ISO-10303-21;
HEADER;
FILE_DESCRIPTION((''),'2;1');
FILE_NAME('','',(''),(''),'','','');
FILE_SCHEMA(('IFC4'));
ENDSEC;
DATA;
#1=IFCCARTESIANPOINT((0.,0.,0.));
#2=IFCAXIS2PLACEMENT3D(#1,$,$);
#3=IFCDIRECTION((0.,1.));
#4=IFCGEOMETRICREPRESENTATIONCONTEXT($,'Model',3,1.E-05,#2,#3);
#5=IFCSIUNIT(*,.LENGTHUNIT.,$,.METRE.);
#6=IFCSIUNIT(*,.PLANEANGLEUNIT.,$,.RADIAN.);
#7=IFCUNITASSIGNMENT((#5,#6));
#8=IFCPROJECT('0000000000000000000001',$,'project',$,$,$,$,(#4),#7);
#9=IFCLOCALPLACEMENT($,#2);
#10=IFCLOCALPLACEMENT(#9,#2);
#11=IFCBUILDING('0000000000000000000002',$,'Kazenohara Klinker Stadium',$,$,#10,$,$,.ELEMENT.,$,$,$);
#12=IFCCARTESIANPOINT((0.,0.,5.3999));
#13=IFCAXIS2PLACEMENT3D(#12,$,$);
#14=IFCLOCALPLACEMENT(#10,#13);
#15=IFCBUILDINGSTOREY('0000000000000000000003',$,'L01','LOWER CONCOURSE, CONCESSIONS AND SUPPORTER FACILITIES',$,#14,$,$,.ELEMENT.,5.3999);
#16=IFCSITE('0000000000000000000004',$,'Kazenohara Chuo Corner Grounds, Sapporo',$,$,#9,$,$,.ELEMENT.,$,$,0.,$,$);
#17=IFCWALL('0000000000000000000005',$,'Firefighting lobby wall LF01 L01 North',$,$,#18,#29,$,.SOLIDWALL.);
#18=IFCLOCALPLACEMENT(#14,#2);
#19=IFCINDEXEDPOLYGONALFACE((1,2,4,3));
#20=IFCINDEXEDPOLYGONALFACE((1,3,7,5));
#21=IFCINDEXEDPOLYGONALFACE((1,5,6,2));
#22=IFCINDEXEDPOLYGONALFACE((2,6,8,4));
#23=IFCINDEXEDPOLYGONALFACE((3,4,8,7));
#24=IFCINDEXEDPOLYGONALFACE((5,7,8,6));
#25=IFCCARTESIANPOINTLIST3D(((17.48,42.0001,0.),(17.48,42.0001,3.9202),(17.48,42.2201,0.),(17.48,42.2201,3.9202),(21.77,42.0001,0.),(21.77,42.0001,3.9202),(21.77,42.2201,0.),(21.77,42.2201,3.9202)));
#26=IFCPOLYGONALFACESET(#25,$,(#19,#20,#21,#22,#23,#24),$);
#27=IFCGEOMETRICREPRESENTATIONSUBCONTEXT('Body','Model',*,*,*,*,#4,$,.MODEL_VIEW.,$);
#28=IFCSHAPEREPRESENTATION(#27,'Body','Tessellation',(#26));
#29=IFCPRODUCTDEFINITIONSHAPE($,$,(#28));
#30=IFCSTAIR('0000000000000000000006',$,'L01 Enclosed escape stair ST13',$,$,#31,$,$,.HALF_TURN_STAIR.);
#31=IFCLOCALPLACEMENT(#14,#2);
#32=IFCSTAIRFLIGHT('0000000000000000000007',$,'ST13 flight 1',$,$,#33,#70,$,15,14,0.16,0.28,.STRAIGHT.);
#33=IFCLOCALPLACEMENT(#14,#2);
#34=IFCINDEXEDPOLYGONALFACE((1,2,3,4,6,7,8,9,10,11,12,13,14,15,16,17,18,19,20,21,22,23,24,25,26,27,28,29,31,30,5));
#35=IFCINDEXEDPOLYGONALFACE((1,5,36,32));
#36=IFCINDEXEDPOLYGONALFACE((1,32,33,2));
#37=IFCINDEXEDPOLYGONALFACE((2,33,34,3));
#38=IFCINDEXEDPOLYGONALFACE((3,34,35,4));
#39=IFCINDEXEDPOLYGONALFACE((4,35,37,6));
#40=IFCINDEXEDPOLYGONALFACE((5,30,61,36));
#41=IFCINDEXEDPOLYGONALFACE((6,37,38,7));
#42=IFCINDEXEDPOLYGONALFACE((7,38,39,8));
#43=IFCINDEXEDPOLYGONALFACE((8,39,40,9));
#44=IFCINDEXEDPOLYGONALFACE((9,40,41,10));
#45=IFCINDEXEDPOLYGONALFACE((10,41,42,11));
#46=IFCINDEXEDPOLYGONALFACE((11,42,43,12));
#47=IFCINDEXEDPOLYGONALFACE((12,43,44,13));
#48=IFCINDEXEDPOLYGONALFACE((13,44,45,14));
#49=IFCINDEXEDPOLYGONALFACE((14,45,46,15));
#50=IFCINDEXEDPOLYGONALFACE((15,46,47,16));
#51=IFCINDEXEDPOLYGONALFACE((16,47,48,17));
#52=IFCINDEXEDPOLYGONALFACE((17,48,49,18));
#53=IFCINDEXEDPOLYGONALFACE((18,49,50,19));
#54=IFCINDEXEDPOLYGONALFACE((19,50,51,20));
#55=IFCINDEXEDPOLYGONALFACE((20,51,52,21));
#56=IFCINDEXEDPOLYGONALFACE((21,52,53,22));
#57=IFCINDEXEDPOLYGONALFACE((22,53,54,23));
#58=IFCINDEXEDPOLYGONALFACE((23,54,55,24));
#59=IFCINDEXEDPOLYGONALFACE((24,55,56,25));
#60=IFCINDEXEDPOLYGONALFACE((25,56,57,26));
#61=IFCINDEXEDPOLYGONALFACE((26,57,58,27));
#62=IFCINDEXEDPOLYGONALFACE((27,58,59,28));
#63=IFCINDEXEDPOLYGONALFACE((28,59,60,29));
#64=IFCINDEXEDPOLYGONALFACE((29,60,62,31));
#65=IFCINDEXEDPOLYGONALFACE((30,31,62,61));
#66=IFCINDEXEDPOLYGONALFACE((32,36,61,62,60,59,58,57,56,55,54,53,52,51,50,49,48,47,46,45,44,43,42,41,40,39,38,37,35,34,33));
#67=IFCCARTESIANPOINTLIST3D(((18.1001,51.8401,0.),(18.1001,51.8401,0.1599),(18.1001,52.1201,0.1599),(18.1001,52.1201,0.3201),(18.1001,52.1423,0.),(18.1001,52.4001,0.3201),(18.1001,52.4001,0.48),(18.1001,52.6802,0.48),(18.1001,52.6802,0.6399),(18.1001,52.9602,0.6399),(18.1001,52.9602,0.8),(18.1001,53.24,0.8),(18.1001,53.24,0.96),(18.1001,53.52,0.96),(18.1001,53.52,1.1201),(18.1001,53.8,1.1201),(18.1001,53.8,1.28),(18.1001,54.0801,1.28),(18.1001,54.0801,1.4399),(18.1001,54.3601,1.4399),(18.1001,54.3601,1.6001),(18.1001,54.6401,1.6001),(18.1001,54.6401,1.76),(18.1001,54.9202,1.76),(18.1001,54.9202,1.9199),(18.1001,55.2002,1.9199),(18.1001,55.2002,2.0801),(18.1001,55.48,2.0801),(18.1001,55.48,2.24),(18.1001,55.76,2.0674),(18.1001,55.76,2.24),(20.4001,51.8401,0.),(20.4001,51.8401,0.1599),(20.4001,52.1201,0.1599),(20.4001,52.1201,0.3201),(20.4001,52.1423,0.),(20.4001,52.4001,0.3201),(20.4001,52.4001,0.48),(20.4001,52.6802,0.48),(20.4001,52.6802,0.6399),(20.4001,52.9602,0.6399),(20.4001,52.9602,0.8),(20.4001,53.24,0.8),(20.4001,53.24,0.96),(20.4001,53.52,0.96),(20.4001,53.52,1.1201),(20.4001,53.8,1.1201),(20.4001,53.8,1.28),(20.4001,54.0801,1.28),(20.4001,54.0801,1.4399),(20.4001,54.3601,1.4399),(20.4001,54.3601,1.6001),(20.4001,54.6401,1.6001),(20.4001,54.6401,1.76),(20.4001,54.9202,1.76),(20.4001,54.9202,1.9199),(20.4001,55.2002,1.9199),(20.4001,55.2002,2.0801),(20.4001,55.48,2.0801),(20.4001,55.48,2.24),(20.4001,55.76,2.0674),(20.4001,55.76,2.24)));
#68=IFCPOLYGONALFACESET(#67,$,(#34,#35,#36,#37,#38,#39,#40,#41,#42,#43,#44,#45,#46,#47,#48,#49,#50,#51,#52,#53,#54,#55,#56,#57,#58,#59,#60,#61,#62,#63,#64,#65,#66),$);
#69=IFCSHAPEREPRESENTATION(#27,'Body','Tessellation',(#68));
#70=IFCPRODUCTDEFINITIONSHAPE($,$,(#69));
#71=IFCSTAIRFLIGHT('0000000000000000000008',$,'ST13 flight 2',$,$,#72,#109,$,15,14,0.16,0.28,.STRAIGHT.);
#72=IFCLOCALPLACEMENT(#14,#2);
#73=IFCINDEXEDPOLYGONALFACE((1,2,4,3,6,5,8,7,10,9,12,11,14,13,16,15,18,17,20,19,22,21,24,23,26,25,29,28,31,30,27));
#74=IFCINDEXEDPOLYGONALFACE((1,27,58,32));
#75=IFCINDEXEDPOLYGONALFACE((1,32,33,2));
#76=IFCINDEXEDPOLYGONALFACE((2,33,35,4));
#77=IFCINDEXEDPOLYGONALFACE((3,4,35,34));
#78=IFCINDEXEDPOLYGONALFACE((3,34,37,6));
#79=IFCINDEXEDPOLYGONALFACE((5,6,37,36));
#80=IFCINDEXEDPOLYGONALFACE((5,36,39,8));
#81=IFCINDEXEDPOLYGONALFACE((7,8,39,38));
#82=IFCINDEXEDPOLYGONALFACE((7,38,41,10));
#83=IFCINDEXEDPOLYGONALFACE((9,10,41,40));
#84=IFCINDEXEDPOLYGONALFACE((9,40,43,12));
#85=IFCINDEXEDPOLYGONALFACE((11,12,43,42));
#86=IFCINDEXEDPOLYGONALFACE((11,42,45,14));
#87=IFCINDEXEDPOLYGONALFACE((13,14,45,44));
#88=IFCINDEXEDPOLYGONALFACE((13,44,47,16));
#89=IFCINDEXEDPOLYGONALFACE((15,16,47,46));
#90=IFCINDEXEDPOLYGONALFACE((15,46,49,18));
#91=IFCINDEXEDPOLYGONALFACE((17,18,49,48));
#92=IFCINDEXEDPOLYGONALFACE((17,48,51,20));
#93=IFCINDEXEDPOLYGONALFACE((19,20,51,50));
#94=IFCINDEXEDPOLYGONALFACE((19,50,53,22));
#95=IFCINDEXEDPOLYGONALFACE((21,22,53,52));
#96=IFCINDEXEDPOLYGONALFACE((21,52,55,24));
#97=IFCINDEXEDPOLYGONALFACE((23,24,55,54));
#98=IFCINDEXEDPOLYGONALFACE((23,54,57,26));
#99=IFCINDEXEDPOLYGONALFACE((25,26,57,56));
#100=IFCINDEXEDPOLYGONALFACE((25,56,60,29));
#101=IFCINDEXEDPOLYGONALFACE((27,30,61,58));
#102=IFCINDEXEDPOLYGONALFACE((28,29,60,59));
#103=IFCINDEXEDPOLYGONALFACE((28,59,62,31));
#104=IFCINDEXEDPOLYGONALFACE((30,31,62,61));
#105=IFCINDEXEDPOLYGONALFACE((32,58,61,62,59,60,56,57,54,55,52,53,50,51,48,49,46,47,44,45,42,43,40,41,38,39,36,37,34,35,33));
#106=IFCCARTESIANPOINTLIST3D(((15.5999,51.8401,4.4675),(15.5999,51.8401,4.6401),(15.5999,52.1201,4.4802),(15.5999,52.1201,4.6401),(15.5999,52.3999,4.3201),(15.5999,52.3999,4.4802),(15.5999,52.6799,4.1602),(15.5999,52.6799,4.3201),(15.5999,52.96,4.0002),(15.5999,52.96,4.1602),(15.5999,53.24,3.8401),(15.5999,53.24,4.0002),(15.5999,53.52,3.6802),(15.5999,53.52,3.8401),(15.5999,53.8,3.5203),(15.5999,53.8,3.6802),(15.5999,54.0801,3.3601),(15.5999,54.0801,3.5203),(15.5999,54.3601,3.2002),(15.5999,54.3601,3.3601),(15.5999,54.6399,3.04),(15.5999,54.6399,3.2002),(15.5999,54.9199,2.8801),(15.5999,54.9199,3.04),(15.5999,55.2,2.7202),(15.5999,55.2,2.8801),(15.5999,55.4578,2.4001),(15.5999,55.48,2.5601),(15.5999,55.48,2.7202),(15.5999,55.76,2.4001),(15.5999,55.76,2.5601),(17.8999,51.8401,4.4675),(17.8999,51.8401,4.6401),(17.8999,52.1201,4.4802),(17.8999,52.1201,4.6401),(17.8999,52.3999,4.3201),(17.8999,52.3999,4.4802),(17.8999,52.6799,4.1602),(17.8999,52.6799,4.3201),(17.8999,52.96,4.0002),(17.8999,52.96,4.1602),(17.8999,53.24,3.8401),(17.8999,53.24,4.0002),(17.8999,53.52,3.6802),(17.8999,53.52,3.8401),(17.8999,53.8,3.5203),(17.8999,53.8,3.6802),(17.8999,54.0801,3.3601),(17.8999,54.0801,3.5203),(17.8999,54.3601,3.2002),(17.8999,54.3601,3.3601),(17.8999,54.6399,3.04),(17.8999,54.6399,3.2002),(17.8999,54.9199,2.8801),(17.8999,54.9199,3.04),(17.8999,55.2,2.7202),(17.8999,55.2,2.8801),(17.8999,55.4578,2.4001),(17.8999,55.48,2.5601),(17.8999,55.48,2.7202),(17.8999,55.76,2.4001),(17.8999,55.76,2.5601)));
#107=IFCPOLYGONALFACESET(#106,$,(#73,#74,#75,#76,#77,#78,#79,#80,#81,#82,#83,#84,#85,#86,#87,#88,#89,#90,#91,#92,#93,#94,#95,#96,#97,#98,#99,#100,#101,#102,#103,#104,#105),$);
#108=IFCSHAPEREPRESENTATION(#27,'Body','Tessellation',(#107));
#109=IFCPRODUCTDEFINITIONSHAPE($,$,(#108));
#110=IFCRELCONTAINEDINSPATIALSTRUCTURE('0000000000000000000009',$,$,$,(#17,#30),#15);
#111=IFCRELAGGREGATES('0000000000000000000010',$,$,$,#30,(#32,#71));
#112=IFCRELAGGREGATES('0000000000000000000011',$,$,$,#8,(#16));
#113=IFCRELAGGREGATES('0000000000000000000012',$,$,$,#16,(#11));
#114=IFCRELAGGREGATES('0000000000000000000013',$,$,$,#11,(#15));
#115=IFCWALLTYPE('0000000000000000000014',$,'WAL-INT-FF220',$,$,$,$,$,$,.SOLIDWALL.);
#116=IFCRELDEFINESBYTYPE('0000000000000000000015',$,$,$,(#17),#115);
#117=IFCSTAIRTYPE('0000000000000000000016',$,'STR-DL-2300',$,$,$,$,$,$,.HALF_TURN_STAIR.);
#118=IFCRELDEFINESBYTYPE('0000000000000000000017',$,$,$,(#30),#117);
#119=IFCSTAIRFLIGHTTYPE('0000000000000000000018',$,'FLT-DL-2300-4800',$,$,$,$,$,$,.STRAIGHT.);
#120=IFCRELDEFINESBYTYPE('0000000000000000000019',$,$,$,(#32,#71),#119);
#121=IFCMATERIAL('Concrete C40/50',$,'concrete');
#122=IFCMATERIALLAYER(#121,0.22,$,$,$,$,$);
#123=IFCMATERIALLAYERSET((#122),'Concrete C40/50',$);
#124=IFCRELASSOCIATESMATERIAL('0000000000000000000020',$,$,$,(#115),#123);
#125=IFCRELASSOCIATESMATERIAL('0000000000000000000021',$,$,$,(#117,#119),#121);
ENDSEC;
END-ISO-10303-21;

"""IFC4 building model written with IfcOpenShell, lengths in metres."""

from ifc_helpers import new_model, si_unit, direction, frame, frame_2d, origin, place, context, subcontext, project, spatial, polyline, rectangle, outline, extrude, material, layer, layer_set, type_object, element, aggregate, save


model = new_model("IFC4")

# Units and contexts
model_context = context("Model", 3, precision=1e-05, world=origin(), true_north=direction((0.0, 1.0)))
body_context = subcontext(model_context, "Body", "Model", "MODEL_VIEW")
ifc_project = project(units=[si_unit("LENGTHUNIT", "METRE"), si_unit("PLANEANGLEUNIT", "RADIAN")], contexts=[model_context])

# Site, building, storey
site_placement = place(None, origin())
site = spatial("IfcSite", under=ifc_project, at=site_placement, Name="Kazenohara Chuo Corner Grounds, Sapporo", CompositionType="ELEMENT", RefElevation=0.0)
building_placement = place(site_placement, origin())
building = spatial("IfcBuilding", under=site, at=building_placement, Name="Kazenohara Klinker Stadium", CompositionType="ELEMENT")
storey_placement = place(building_placement, frame((0.0, 0.0, 5.3999)))
storey = spatial("IfcBuildingStorey", under=building, at=storey_placement, Name="L01", Description="LOWER CONCOURSE, CONCESSIONS AND SUPPORTER FACILITIES", CompositionType="ELEMENT", Elevation=5.3999)

# Shared definitions
ifc_material_1 = material(Name="Concrete C40/50", Category="concrete")

# Wall
ifc_layer_1 = layer(ifc_material_1, 0.22)
ifc_layer_set_1 = layer_set([ifc_layer_1], Name="Concrete C40/50")
wall_type_1 = type_object("IfcWallType", Name="WAL-INT-FF220", PredefinedType="SOLIDWALL", material=ifc_layer_set_1)
for number, where, z_axis, x_axis, name in (
    (1, (17.48, 42.1101, 0.0), (0.0, 0.0, 1.0), (1.0, 0.0, 0.0), "Firefighting lobby wall LF01 L01 North"),
):
    element("IfcWall", number, at=place(storey_placement, frame(where, z_axis=z_axis, x_axis=x_axis)), inside=storey, type_object=wall_type_1, Name=name, PredefinedType="SOLIDWALL", context=body_context, shape_type="SweptSolid", body=[
        extrude(rectangle(XDim=4.29, YDim=0.22, at=frame_2d((2.145, 0.0))), origin(), (0.0, 0.0, 1.0), 3.9202),
    ])

# Stair, stair flights
stair_type = type_object("IfcStairType", Name="STR-DL-2300", PredefinedType="HALF_TURN_STAIR", material=ifc_material_1)
stair_placement = place(storey_placement, origin())
stair = element("IfcStair", 2, at=stair_placement, inside=storey, type_object=stair_type, Name="L01 Enclosed escape stair ST13", PredefinedType="HALF_TURN_STAIR")
stair_flight_type = type_object("IfcStairFlightType", Name="FLT-DL-2300-4800", PredefinedType="STRAIGHT", material=ifc_material_1)
stair_flight_1_placement = place(storey_placement, frame((19.25, 51.8401, 0.0), z_axis=(0.0, 0.0, 1.0), x_axis=(0.0, 1.0, 0.0)))
stair_flight_1 = element("IfcStairFlight", 3, at=stair_flight_1_placement, type_object=stair_flight_type, Name="ST13 flight 1", NumberOfRisers=15, NumberOfTreads=14, PredefinedType="STRAIGHT", RiserHeight=0.16, TreadLength=0.28, context=body_context, shape_type="SweptSolid", body=[
    extrude(outline(polyline([(0.0, 0.0), (0.0, 0.1599), (0.28, 0.1599), (0.28, 0.3201), (0.5601, 0.3201), (0.5601, 0.48), (0.8401, 0.48), (0.8401, 0.6399), (1.1201, 0.6399), (1.1201, 0.8), (1.3999, 0.8), (1.3999, 0.96), (1.6799, 0.96), (1.6799, 1.1201), (1.96, 1.1201), (1.96, 1.28), (2.24, 1.28), (2.24, 1.4399), (2.52, 1.4399), (2.52, 1.6001), (2.8, 1.6001), (2.8, 1.76), (3.0801, 1.76), (3.0801, 1.9199), (3.3601, 1.9199), (3.3601, 2.0801), (3.6399, 2.0801), (3.6399, 2.24), (3.9199, 2.24), (3.9199, 2.3999), (3.9199, 2.0674), (0.3022, 0.0), (0.0, 0.0)])), frame((0.0, 1.1499, 0.0), z_axis=(0.0, -1.0, 0.0), x_axis=(1.0, 0.0, 0.0)), (0.0, 0.0, 1.0), 2.3),
])
stair_flight_2_placement = place(storey_placement, frame((16.75, 55.76, 2.4001), z_axis=(0.0, 0.0, 1.0), x_axis=(0.0, -1.0, 0.0)))
stair_flight_2 = element("IfcStairFlight", 4, at=stair_flight_2_placement, type_object=stair_flight_type, Name="ST13 flight 2", NumberOfRisers=15, NumberOfTreads=14, PredefinedType="STRAIGHT", RiserHeight=0.16, TreadLength=0.28, context=body_context, shape_type="SweptSolid", body=[
    extrude(outline(polyline([(0.0, 0.0), (0.0, 0.1599), (0.28, 0.1599), (0.28, 0.3201), (0.5601, 0.3201), (0.5601, 0.48), (0.8401, 0.48), (0.8401, 0.6399), (1.1201, 0.6399), (1.1201, 0.8), (1.3999, 0.8), (1.3999, 0.96), (1.6799, 0.96), (1.6799, 1.1201), (1.96, 1.1201), (1.96, 1.28), (2.24, 1.28), (2.24, 1.4399), (2.52, 1.4399), (2.52, 1.6001), (2.8, 1.6001), (2.8, 1.76), (3.0801, 1.76), (3.0801, 1.9199), (3.3601, 1.9199), (3.3601, 2.0801), (3.6399, 2.0801), (3.6399, 2.24), (3.9199, 2.24), (3.9199, 2.3999), (3.9199, 2.0674), (0.3022, 0.0), (0.0, 0.0)])), frame((0.0, 1.1499, 0.0), z_axis=(0.0, -1.0, 0.0), x_axis=(1.0, 0.0, 0.0)), (0.0, 0.0, 1.0), 2.3),
])
aggregate(stair, [stair_flight_1, stair_flight_2])

save(model, "model.ifc")
